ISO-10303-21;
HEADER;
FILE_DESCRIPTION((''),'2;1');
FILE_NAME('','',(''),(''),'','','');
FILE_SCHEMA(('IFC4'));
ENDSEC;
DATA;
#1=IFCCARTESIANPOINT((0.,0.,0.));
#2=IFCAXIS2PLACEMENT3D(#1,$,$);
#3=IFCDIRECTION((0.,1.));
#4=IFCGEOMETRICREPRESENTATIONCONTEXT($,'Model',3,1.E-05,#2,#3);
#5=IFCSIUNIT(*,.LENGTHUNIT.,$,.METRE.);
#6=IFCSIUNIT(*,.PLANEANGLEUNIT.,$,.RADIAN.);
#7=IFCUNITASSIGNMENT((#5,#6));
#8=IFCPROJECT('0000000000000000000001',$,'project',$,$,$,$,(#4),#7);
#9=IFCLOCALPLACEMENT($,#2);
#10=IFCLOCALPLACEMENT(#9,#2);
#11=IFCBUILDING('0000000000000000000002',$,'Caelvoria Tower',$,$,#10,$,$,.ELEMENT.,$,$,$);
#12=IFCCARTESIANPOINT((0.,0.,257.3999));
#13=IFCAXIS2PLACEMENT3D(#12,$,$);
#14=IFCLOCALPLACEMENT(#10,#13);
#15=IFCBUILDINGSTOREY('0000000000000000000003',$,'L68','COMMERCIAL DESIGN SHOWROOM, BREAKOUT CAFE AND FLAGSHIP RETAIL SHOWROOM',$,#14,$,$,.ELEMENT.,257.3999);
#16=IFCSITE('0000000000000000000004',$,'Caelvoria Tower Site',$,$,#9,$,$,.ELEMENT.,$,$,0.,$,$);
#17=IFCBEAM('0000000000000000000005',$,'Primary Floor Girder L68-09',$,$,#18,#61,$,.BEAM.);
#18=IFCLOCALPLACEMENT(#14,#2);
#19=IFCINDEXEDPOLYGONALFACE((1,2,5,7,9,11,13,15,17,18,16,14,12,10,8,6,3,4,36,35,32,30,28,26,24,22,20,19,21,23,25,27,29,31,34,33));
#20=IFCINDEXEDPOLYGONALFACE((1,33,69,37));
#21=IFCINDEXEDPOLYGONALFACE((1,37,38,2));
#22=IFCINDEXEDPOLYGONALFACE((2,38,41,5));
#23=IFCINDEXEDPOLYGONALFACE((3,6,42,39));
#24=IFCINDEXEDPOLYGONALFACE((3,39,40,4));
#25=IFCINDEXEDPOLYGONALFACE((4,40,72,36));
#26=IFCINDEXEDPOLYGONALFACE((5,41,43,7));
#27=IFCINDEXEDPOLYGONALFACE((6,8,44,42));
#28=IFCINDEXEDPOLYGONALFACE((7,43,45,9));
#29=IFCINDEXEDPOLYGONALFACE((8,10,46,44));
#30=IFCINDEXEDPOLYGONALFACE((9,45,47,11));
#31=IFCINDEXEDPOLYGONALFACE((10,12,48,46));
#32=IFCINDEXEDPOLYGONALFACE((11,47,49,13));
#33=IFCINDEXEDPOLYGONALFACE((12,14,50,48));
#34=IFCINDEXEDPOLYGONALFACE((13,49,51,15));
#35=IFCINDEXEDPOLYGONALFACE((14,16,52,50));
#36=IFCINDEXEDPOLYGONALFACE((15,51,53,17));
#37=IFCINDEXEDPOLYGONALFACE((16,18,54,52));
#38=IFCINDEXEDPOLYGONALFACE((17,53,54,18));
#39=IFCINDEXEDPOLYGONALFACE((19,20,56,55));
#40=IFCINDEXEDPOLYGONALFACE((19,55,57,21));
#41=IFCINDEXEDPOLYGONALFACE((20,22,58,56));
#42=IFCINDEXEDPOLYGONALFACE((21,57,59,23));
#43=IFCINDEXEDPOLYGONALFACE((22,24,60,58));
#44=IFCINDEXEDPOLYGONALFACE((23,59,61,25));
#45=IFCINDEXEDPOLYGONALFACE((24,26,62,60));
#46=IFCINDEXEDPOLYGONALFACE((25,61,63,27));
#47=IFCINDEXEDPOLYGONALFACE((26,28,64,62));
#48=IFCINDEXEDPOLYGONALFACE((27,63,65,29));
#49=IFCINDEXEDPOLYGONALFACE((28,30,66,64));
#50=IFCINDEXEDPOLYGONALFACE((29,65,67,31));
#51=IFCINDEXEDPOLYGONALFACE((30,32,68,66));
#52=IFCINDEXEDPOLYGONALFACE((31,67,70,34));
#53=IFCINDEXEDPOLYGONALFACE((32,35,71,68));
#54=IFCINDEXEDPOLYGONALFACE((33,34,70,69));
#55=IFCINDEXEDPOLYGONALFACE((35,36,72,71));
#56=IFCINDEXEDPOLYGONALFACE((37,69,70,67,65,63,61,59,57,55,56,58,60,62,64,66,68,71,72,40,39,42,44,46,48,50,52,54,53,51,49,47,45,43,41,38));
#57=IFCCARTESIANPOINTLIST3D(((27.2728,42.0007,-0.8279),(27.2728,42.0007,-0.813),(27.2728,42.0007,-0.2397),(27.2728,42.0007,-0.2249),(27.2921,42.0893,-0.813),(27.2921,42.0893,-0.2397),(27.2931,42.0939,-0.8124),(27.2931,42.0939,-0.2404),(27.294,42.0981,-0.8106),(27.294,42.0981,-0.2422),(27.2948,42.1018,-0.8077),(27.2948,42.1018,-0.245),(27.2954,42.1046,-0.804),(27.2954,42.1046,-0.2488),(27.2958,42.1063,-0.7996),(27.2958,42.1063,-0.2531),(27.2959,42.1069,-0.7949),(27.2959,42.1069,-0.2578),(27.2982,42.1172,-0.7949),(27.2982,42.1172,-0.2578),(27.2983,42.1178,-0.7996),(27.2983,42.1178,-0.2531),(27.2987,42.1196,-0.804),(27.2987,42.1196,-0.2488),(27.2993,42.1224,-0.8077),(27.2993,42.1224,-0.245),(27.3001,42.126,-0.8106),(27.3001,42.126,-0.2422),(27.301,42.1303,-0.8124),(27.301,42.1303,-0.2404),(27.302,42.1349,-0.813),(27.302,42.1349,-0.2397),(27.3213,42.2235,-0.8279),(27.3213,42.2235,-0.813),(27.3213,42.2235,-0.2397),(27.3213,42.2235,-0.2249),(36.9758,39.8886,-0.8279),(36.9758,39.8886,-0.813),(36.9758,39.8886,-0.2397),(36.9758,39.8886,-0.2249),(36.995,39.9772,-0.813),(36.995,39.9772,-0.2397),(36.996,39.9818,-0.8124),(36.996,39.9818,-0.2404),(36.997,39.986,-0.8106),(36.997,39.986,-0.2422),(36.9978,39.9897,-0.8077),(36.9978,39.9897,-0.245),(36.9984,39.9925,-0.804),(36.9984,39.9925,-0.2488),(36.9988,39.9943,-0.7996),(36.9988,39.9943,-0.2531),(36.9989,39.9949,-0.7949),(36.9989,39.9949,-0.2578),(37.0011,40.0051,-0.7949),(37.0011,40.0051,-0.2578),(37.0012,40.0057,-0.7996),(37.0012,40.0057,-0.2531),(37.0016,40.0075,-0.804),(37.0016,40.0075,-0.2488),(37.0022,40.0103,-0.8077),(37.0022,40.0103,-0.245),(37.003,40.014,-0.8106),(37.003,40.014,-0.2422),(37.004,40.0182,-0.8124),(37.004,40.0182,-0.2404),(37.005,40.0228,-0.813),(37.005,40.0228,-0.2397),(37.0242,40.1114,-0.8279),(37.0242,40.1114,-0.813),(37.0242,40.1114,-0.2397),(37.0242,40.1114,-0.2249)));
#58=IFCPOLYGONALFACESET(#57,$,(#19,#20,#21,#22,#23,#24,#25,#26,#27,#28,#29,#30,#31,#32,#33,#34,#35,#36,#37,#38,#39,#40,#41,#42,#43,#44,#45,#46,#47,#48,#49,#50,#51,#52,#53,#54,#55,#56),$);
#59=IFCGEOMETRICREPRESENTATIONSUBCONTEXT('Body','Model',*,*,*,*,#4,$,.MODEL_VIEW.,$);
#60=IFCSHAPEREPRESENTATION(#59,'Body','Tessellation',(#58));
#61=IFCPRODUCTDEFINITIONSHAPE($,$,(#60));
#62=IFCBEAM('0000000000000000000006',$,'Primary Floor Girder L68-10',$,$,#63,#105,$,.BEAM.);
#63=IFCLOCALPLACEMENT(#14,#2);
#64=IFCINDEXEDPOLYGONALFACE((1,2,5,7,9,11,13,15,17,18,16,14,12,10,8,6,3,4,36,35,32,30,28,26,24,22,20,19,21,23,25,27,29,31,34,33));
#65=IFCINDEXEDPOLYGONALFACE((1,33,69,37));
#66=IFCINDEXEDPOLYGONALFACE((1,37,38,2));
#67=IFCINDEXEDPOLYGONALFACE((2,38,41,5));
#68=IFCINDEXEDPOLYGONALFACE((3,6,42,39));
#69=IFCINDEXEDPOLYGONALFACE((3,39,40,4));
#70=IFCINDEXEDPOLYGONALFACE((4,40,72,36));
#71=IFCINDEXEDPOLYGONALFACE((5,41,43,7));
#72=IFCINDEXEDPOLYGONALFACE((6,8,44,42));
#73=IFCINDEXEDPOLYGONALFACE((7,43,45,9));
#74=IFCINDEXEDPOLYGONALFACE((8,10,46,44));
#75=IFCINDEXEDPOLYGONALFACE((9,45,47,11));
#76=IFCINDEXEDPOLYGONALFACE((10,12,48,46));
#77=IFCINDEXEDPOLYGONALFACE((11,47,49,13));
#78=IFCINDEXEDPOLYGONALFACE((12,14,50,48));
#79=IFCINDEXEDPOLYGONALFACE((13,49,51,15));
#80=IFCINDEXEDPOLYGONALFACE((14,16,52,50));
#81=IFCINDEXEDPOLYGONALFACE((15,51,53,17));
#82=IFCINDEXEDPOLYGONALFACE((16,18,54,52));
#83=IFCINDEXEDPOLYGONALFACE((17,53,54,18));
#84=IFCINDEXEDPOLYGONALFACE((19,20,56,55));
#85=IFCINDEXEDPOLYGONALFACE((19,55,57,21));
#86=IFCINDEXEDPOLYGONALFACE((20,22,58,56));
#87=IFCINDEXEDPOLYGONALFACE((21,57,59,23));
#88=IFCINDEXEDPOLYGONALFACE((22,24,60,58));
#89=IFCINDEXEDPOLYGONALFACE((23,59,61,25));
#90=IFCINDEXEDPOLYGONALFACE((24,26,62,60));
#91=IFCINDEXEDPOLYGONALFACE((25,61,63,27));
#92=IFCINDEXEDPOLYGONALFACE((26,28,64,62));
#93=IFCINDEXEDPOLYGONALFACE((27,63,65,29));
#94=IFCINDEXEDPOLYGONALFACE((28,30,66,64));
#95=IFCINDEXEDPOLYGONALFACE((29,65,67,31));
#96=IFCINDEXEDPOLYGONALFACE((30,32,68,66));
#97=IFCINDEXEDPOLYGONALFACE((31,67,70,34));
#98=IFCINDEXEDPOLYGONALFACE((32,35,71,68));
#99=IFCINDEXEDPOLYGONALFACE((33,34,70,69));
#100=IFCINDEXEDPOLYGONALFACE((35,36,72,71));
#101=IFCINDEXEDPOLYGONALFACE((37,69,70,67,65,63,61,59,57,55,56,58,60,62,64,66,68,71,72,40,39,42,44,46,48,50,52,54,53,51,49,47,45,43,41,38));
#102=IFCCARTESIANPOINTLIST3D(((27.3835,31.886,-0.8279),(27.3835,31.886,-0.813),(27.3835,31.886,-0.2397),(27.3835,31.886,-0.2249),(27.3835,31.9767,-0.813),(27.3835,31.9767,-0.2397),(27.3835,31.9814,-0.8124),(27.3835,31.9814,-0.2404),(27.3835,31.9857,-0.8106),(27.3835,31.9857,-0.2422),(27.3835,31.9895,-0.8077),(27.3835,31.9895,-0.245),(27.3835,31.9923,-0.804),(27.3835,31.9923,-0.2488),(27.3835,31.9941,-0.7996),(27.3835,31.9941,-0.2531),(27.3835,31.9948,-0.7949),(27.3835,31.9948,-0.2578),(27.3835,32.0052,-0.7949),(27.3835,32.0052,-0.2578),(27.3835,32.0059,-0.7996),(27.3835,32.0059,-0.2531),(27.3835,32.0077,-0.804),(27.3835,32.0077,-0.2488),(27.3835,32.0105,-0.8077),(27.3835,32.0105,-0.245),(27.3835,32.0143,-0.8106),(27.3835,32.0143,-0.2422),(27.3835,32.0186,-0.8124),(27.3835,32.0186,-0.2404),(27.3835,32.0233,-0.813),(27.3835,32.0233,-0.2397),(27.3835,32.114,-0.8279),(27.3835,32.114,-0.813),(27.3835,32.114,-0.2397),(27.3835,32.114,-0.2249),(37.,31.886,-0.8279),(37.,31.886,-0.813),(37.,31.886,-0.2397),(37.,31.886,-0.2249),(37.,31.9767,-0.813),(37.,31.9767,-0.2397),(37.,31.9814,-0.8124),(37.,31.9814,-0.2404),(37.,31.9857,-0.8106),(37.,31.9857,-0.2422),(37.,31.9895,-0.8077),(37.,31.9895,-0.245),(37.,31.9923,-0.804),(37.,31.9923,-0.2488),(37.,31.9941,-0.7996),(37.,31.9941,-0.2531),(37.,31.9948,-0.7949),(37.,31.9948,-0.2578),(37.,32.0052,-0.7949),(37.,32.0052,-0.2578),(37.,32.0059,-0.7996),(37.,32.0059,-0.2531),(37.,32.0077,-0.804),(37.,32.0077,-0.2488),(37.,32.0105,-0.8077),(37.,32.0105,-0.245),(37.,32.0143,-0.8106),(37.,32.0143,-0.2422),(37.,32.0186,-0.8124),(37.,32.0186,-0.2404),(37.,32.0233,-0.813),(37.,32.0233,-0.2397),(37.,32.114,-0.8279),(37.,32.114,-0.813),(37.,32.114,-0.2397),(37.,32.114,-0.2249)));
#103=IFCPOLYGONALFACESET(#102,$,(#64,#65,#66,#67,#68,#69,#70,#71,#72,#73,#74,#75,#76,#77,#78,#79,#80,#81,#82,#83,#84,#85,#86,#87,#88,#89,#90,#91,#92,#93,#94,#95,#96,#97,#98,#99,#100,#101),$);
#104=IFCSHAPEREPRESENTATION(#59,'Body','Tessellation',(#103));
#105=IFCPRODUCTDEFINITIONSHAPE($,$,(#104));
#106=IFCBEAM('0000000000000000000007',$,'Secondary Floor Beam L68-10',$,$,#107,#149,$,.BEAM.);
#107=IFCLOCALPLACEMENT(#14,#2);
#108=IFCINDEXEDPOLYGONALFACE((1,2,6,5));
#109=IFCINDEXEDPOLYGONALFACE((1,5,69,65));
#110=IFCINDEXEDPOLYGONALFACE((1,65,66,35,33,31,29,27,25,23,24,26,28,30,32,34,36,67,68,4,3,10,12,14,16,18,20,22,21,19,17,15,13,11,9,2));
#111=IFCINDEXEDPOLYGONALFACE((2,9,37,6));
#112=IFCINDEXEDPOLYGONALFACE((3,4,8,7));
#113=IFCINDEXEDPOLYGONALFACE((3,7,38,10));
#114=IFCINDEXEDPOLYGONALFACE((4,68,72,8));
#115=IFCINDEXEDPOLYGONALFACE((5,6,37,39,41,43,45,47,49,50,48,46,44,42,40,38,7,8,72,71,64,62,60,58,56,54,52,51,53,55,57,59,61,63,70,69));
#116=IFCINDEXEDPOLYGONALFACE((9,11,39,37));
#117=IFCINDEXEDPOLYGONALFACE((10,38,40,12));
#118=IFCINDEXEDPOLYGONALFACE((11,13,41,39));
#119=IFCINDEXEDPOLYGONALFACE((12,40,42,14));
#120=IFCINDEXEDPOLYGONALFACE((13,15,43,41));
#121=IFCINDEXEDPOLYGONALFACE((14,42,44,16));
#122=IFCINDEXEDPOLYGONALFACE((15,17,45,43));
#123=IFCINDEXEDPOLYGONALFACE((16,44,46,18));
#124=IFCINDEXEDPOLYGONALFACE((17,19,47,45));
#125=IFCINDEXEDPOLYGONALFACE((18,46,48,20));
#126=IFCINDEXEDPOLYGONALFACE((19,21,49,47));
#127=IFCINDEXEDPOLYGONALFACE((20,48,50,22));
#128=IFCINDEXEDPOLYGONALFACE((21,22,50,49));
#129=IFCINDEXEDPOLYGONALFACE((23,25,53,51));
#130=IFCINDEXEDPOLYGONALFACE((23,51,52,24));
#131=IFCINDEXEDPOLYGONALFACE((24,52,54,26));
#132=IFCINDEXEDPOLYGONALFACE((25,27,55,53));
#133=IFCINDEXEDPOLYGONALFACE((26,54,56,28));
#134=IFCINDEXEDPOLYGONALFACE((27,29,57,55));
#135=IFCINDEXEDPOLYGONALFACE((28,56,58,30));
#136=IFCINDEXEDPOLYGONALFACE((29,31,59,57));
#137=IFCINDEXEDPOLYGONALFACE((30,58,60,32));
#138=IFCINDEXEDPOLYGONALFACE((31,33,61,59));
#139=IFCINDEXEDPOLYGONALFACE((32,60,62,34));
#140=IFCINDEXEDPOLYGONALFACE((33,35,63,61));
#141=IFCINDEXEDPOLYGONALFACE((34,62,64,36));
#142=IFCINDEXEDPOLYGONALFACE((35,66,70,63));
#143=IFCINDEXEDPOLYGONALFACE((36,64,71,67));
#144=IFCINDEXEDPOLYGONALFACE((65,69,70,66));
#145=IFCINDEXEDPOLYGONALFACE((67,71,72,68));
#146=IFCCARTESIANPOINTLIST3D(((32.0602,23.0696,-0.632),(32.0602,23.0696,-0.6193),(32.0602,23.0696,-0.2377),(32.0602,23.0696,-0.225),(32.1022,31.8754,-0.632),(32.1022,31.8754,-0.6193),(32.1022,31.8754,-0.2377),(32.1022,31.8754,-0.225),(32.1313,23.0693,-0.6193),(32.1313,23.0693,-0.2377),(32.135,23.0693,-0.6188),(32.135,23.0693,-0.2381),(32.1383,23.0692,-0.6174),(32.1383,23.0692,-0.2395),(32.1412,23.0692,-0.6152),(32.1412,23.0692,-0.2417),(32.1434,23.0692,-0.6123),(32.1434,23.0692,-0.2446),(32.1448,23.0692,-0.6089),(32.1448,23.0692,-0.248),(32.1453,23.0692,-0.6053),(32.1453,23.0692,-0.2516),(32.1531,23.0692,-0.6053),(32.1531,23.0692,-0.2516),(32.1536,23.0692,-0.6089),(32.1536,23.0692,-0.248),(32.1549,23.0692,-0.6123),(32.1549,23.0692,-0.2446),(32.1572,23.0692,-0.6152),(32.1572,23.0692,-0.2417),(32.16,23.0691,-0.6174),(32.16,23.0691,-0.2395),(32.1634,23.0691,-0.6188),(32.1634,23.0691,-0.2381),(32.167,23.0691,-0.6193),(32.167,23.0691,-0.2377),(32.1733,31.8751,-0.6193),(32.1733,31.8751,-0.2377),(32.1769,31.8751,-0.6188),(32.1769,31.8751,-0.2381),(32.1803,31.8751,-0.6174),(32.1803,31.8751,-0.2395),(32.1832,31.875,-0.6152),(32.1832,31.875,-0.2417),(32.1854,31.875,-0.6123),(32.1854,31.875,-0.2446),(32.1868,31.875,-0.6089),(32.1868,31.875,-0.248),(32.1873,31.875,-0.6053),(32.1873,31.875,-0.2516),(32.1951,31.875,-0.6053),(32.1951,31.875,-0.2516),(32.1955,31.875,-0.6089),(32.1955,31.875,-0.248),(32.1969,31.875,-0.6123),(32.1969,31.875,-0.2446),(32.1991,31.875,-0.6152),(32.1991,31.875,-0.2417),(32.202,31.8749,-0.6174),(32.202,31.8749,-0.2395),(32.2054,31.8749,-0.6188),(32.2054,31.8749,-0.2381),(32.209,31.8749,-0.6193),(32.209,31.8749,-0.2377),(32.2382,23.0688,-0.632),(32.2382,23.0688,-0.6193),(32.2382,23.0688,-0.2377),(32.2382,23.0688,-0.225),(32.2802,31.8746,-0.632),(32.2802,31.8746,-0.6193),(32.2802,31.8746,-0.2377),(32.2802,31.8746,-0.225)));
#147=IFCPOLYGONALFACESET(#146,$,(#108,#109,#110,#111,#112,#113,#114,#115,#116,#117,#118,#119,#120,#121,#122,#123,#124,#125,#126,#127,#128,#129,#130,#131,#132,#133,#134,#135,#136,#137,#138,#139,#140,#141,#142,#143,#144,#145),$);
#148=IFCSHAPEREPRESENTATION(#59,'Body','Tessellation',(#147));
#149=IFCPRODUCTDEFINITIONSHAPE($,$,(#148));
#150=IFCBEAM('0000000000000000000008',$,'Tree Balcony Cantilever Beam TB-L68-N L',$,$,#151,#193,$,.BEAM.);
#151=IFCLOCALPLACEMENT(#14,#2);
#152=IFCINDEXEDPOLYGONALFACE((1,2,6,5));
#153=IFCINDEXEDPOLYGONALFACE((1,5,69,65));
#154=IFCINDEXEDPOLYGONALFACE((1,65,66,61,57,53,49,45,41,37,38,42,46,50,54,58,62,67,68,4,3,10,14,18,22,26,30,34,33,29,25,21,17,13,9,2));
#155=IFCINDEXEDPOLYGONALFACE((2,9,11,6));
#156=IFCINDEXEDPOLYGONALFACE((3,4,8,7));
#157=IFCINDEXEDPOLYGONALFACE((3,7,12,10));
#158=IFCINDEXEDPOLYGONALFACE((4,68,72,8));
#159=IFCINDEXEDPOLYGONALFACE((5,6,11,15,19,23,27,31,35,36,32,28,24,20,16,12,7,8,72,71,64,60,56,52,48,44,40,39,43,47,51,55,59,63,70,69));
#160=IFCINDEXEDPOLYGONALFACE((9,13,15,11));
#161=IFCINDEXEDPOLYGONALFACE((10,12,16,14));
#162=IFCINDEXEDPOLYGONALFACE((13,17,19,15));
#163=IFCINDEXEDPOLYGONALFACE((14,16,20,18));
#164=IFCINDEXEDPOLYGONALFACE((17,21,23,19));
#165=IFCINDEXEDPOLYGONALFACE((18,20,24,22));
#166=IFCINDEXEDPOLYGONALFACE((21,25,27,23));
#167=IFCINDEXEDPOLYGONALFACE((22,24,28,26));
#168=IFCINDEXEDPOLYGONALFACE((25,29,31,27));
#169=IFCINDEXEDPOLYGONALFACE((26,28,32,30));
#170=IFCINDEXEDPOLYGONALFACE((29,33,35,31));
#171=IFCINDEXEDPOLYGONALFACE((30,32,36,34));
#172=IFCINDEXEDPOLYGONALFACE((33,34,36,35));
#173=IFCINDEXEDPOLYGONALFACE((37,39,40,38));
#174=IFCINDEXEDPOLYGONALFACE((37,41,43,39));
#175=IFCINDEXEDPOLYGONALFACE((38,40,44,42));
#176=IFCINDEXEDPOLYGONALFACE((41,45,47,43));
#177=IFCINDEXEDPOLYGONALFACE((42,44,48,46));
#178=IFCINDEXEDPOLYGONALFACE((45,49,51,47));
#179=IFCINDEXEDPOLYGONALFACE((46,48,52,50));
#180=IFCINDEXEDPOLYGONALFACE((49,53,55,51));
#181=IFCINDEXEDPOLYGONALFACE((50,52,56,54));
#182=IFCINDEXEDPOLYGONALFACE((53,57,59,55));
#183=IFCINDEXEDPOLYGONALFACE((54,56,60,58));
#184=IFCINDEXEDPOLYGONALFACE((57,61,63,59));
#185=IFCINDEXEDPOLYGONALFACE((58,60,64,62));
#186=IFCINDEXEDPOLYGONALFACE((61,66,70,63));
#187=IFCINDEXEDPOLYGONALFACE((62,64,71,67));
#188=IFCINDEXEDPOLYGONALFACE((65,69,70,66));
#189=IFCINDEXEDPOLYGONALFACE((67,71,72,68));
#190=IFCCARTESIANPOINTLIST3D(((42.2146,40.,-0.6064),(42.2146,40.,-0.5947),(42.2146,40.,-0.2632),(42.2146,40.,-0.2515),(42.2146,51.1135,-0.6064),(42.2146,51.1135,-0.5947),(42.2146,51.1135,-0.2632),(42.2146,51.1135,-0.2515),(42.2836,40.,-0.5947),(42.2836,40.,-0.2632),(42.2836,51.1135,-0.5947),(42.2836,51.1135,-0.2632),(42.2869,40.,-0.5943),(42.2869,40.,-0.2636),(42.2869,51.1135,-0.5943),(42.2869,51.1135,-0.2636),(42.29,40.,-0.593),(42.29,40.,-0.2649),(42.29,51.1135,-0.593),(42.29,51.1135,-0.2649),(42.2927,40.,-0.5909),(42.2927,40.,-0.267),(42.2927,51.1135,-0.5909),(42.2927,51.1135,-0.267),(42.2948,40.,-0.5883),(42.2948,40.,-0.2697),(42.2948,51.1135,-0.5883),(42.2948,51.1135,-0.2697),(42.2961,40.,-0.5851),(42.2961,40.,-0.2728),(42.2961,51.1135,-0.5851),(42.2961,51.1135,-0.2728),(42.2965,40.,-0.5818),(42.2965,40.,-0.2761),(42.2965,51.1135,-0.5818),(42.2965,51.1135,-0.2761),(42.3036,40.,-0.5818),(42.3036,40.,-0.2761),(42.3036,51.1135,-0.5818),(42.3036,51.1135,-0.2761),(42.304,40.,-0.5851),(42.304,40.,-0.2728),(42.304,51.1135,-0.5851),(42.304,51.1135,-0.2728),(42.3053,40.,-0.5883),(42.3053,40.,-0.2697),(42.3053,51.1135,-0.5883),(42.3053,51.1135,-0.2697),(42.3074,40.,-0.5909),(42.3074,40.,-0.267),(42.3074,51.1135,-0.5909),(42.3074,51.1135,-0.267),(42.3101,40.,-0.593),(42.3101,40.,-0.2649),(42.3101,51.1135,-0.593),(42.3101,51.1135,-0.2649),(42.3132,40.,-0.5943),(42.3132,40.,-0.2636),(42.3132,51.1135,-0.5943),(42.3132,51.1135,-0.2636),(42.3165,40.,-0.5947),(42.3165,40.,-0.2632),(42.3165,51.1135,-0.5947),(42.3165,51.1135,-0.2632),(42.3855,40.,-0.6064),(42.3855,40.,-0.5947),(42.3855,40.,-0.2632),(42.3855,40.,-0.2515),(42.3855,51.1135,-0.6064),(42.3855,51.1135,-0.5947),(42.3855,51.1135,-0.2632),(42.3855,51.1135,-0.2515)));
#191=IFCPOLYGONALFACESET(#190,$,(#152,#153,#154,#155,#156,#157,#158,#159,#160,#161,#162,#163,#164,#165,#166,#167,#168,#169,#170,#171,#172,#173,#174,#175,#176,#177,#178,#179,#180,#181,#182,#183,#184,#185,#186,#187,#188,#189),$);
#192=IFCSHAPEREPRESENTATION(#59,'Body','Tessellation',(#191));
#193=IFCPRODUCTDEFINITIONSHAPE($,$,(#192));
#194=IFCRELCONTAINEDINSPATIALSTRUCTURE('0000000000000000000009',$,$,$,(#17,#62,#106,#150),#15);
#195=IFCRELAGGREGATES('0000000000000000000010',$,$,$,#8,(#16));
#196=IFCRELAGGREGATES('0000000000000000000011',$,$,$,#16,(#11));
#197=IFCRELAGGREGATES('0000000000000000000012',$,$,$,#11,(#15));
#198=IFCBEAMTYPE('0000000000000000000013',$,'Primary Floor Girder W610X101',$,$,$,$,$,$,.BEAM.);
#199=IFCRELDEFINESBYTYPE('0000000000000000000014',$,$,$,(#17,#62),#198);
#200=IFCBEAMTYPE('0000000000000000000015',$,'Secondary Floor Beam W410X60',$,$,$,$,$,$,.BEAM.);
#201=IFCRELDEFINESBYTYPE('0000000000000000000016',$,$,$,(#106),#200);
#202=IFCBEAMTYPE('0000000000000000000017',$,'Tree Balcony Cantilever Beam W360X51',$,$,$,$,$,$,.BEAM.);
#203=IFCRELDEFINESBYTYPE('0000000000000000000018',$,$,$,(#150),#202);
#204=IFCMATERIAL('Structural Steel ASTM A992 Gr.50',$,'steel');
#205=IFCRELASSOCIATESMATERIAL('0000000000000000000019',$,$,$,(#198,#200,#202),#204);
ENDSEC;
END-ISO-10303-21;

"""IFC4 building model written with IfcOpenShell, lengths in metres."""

from ifc_helpers import new_model, si_unit, direction, frame, origin, origin_2d, place, context, subcontext, project, spatial, i_section, extrude, material, material_profile, profile_set, type_object, element, save


model = new_model("IFC4")

# Units and contexts
model_context = context("Model", 3, precision=1e-05, world=origin(), true_north=direction((0.0, 1.0)))
body_context = subcontext(model_context, "Body", "Model", "MODEL_VIEW")
ifc_project = project(units=[si_unit("LENGTHUNIT", "METRE"), si_unit("PLANEANGLEUNIT", "RADIAN")], contexts=[model_context])

# Site, building, storey
site_placement = place(None, origin())
site = spatial("IfcSite", under=ifc_project, at=site_placement, Name="Caelvoria Tower Site", CompositionType="ELEMENT", RefElevation=0.0)
building_placement = place(site_placement, origin())
building = spatial("IfcBuilding", under=site, at=building_placement, Name="Caelvoria Tower", CompositionType="ELEMENT")
storey_placement = place(building_placement, frame((0.0, 0.0, 257.3999)))
storey = spatial("IfcBuildingStorey", under=building, at=storey_placement, Name="L68", Description="COMMERCIAL DESIGN SHOWROOM, BREAKOUT CAFE AND FLAGSHIP RETAIL SHOWROOM", CompositionType="ELEMENT", Elevation=257.3999)

# Shared definitions
ifc_material_1 = material(Name="Structural Steel ASTM A992 Gr.50", Category="steel")

# Beams
ifc_material_profile_1 = material_profile(ifc_material_1, i_section(OverallWidth=0.228, OverallDepth=0.603, WebThickness=0.0105, FlangeThickness=0.0149, FilletRadius=0.0181, at=origin_2d()), Name="Structural Steel ASTM A992 Gr.50")
ifc_profile_set_1 = profile_set([ifc_material_profile_1], Name="W610X101 - Structural Steel ASTM A992 Gr.50")
beam_type_1 = type_object("IfcBeamType", Name="Primary Floor Girder W610X101", PredefinedType="BEAM", material=ifc_profile_set_1)
beam_1_placement = place(storey_placement, frame((37.0, 40.0, -0.5264), z_axis=(-0.977119, 0.212693, 0.0), x_axis=(-0.212693, -0.977119, 0.0)))
element("IfcBeam", 1, at=beam_1_placement, inside=storey, type_object=beam_type_1, Name="Primary Floor Girder L68-09", PredefinedType="BEAM", context=body_context, shape_type="SweptSolid", body=[
    extrude(i_section(OverallWidth=0.228, OverallDepth=0.603, WebThickness=0.0105, FlangeThickness=0.0149, FilletRadius=0.0181, at=origin_2d()), origin(), (0.0, 0.0, 1.0), 9.9302),
])
beam_2_placement = place(storey_placement, frame((37.0, 32.0, -0.5264), z_axis=(-1.0, 0.0, 0.0), x_axis=(0.0, -1.0, 0.0)))
element("IfcBeam", 2, at=beam_2_placement, inside=storey, type_object=beam_type_1, Name="Primary Floor Girder L68-10", PredefinedType="BEAM", context=body_context, shape_type="SweptSolid", body=[
    extrude(i_section(OverallWidth=0.228, OverallDepth=0.603, WebThickness=0.0105, FlangeThickness=0.0149, FilletRadius=0.0181, at=origin_2d()), origin(), (0.0, 0.0, 1.0), 9.6165),
])
ifc_material_profile_2 = material_profile(ifc_material_1, i_section(OverallWidth=0.178, OverallDepth=0.407, WebThickness=0.0078, FlangeThickness=0.0127, FilletRadius=0.0139, at=origin_2d()), Name="Structural Steel ASTM A992 Gr.50")
ifc_profile_set_2 = profile_set([ifc_material_profile_2], Name="W410X60 - Structural Steel ASTM A992 Gr.50")
beam_type_2 = type_object("IfcBeamType", Name="Secondary Floor Beam W410X60", PredefinedType="BEAM", material=ifc_profile_set_2)
beam_3_placement = place(storey_placement, frame((32.1912, 31.875, -0.4285), z_axis=(-0.004769, -0.999989, 0.0), x_axis=(0.999989, -0.004769, 0.0)))
element("IfcBeam", 3, at=beam_3_placement, inside=storey, type_object=beam_type_2, Name="Secondary Floor Beam L68-10", PredefinedType="BEAM", context=body_context, shape_type="SweptSolid", body=[
    extrude(i_section(OverallWidth=0.178, OverallDepth=0.407, WebThickness=0.0078, FlangeThickness=0.0127, FilletRadius=0.0139, at=origin_2d()), origin(), (0.0, 0.0, 1.0), 8.8059),
])
ifc_material_profile_3 = material_profile(ifc_material_1, i_section(OverallWidth=0.1709, OverallDepth=0.355, WebThickness=0.0071, FlangeThickness=0.0117, FilletRadius=0.0129, at=origin_2d()), Name="Structural Steel ASTM A992 Gr.50")
ifc_profile_set_3 = profile_set([ifc_material_profile_3], Name="W360X51 - Structural Steel ASTM A992 Gr.50")
beam_type_3 = type_object("IfcBeamType", Name="Tree Balcony Cantilever Beam W360X51", PredefinedType="BEAM", material=ifc_profile_set_3)
beam_4_placement = place(storey_placement, frame((42.3, 40.0, -0.429), z_axis=(0.0, 1.0, 0.0), x_axis=(-1.0, 0.0, 0.0)))
element("IfcBeam", 4, at=beam_4_placement, inside=storey, type_object=beam_type_3, Name="Tree Balcony Cantilever Beam TB-L68-N L", PredefinedType="BEAM", context=body_context, shape_type="SweptSolid", body=[
    extrude(i_section(OverallWidth=0.1709, OverallDepth=0.355, WebThickness=0.0071, FlangeThickness=0.0117, FilletRadius=0.0129, at=origin_2d()), origin(), (0.0, 0.0, 1.0), 11.1135),
])

save(model, "model.ifc")
